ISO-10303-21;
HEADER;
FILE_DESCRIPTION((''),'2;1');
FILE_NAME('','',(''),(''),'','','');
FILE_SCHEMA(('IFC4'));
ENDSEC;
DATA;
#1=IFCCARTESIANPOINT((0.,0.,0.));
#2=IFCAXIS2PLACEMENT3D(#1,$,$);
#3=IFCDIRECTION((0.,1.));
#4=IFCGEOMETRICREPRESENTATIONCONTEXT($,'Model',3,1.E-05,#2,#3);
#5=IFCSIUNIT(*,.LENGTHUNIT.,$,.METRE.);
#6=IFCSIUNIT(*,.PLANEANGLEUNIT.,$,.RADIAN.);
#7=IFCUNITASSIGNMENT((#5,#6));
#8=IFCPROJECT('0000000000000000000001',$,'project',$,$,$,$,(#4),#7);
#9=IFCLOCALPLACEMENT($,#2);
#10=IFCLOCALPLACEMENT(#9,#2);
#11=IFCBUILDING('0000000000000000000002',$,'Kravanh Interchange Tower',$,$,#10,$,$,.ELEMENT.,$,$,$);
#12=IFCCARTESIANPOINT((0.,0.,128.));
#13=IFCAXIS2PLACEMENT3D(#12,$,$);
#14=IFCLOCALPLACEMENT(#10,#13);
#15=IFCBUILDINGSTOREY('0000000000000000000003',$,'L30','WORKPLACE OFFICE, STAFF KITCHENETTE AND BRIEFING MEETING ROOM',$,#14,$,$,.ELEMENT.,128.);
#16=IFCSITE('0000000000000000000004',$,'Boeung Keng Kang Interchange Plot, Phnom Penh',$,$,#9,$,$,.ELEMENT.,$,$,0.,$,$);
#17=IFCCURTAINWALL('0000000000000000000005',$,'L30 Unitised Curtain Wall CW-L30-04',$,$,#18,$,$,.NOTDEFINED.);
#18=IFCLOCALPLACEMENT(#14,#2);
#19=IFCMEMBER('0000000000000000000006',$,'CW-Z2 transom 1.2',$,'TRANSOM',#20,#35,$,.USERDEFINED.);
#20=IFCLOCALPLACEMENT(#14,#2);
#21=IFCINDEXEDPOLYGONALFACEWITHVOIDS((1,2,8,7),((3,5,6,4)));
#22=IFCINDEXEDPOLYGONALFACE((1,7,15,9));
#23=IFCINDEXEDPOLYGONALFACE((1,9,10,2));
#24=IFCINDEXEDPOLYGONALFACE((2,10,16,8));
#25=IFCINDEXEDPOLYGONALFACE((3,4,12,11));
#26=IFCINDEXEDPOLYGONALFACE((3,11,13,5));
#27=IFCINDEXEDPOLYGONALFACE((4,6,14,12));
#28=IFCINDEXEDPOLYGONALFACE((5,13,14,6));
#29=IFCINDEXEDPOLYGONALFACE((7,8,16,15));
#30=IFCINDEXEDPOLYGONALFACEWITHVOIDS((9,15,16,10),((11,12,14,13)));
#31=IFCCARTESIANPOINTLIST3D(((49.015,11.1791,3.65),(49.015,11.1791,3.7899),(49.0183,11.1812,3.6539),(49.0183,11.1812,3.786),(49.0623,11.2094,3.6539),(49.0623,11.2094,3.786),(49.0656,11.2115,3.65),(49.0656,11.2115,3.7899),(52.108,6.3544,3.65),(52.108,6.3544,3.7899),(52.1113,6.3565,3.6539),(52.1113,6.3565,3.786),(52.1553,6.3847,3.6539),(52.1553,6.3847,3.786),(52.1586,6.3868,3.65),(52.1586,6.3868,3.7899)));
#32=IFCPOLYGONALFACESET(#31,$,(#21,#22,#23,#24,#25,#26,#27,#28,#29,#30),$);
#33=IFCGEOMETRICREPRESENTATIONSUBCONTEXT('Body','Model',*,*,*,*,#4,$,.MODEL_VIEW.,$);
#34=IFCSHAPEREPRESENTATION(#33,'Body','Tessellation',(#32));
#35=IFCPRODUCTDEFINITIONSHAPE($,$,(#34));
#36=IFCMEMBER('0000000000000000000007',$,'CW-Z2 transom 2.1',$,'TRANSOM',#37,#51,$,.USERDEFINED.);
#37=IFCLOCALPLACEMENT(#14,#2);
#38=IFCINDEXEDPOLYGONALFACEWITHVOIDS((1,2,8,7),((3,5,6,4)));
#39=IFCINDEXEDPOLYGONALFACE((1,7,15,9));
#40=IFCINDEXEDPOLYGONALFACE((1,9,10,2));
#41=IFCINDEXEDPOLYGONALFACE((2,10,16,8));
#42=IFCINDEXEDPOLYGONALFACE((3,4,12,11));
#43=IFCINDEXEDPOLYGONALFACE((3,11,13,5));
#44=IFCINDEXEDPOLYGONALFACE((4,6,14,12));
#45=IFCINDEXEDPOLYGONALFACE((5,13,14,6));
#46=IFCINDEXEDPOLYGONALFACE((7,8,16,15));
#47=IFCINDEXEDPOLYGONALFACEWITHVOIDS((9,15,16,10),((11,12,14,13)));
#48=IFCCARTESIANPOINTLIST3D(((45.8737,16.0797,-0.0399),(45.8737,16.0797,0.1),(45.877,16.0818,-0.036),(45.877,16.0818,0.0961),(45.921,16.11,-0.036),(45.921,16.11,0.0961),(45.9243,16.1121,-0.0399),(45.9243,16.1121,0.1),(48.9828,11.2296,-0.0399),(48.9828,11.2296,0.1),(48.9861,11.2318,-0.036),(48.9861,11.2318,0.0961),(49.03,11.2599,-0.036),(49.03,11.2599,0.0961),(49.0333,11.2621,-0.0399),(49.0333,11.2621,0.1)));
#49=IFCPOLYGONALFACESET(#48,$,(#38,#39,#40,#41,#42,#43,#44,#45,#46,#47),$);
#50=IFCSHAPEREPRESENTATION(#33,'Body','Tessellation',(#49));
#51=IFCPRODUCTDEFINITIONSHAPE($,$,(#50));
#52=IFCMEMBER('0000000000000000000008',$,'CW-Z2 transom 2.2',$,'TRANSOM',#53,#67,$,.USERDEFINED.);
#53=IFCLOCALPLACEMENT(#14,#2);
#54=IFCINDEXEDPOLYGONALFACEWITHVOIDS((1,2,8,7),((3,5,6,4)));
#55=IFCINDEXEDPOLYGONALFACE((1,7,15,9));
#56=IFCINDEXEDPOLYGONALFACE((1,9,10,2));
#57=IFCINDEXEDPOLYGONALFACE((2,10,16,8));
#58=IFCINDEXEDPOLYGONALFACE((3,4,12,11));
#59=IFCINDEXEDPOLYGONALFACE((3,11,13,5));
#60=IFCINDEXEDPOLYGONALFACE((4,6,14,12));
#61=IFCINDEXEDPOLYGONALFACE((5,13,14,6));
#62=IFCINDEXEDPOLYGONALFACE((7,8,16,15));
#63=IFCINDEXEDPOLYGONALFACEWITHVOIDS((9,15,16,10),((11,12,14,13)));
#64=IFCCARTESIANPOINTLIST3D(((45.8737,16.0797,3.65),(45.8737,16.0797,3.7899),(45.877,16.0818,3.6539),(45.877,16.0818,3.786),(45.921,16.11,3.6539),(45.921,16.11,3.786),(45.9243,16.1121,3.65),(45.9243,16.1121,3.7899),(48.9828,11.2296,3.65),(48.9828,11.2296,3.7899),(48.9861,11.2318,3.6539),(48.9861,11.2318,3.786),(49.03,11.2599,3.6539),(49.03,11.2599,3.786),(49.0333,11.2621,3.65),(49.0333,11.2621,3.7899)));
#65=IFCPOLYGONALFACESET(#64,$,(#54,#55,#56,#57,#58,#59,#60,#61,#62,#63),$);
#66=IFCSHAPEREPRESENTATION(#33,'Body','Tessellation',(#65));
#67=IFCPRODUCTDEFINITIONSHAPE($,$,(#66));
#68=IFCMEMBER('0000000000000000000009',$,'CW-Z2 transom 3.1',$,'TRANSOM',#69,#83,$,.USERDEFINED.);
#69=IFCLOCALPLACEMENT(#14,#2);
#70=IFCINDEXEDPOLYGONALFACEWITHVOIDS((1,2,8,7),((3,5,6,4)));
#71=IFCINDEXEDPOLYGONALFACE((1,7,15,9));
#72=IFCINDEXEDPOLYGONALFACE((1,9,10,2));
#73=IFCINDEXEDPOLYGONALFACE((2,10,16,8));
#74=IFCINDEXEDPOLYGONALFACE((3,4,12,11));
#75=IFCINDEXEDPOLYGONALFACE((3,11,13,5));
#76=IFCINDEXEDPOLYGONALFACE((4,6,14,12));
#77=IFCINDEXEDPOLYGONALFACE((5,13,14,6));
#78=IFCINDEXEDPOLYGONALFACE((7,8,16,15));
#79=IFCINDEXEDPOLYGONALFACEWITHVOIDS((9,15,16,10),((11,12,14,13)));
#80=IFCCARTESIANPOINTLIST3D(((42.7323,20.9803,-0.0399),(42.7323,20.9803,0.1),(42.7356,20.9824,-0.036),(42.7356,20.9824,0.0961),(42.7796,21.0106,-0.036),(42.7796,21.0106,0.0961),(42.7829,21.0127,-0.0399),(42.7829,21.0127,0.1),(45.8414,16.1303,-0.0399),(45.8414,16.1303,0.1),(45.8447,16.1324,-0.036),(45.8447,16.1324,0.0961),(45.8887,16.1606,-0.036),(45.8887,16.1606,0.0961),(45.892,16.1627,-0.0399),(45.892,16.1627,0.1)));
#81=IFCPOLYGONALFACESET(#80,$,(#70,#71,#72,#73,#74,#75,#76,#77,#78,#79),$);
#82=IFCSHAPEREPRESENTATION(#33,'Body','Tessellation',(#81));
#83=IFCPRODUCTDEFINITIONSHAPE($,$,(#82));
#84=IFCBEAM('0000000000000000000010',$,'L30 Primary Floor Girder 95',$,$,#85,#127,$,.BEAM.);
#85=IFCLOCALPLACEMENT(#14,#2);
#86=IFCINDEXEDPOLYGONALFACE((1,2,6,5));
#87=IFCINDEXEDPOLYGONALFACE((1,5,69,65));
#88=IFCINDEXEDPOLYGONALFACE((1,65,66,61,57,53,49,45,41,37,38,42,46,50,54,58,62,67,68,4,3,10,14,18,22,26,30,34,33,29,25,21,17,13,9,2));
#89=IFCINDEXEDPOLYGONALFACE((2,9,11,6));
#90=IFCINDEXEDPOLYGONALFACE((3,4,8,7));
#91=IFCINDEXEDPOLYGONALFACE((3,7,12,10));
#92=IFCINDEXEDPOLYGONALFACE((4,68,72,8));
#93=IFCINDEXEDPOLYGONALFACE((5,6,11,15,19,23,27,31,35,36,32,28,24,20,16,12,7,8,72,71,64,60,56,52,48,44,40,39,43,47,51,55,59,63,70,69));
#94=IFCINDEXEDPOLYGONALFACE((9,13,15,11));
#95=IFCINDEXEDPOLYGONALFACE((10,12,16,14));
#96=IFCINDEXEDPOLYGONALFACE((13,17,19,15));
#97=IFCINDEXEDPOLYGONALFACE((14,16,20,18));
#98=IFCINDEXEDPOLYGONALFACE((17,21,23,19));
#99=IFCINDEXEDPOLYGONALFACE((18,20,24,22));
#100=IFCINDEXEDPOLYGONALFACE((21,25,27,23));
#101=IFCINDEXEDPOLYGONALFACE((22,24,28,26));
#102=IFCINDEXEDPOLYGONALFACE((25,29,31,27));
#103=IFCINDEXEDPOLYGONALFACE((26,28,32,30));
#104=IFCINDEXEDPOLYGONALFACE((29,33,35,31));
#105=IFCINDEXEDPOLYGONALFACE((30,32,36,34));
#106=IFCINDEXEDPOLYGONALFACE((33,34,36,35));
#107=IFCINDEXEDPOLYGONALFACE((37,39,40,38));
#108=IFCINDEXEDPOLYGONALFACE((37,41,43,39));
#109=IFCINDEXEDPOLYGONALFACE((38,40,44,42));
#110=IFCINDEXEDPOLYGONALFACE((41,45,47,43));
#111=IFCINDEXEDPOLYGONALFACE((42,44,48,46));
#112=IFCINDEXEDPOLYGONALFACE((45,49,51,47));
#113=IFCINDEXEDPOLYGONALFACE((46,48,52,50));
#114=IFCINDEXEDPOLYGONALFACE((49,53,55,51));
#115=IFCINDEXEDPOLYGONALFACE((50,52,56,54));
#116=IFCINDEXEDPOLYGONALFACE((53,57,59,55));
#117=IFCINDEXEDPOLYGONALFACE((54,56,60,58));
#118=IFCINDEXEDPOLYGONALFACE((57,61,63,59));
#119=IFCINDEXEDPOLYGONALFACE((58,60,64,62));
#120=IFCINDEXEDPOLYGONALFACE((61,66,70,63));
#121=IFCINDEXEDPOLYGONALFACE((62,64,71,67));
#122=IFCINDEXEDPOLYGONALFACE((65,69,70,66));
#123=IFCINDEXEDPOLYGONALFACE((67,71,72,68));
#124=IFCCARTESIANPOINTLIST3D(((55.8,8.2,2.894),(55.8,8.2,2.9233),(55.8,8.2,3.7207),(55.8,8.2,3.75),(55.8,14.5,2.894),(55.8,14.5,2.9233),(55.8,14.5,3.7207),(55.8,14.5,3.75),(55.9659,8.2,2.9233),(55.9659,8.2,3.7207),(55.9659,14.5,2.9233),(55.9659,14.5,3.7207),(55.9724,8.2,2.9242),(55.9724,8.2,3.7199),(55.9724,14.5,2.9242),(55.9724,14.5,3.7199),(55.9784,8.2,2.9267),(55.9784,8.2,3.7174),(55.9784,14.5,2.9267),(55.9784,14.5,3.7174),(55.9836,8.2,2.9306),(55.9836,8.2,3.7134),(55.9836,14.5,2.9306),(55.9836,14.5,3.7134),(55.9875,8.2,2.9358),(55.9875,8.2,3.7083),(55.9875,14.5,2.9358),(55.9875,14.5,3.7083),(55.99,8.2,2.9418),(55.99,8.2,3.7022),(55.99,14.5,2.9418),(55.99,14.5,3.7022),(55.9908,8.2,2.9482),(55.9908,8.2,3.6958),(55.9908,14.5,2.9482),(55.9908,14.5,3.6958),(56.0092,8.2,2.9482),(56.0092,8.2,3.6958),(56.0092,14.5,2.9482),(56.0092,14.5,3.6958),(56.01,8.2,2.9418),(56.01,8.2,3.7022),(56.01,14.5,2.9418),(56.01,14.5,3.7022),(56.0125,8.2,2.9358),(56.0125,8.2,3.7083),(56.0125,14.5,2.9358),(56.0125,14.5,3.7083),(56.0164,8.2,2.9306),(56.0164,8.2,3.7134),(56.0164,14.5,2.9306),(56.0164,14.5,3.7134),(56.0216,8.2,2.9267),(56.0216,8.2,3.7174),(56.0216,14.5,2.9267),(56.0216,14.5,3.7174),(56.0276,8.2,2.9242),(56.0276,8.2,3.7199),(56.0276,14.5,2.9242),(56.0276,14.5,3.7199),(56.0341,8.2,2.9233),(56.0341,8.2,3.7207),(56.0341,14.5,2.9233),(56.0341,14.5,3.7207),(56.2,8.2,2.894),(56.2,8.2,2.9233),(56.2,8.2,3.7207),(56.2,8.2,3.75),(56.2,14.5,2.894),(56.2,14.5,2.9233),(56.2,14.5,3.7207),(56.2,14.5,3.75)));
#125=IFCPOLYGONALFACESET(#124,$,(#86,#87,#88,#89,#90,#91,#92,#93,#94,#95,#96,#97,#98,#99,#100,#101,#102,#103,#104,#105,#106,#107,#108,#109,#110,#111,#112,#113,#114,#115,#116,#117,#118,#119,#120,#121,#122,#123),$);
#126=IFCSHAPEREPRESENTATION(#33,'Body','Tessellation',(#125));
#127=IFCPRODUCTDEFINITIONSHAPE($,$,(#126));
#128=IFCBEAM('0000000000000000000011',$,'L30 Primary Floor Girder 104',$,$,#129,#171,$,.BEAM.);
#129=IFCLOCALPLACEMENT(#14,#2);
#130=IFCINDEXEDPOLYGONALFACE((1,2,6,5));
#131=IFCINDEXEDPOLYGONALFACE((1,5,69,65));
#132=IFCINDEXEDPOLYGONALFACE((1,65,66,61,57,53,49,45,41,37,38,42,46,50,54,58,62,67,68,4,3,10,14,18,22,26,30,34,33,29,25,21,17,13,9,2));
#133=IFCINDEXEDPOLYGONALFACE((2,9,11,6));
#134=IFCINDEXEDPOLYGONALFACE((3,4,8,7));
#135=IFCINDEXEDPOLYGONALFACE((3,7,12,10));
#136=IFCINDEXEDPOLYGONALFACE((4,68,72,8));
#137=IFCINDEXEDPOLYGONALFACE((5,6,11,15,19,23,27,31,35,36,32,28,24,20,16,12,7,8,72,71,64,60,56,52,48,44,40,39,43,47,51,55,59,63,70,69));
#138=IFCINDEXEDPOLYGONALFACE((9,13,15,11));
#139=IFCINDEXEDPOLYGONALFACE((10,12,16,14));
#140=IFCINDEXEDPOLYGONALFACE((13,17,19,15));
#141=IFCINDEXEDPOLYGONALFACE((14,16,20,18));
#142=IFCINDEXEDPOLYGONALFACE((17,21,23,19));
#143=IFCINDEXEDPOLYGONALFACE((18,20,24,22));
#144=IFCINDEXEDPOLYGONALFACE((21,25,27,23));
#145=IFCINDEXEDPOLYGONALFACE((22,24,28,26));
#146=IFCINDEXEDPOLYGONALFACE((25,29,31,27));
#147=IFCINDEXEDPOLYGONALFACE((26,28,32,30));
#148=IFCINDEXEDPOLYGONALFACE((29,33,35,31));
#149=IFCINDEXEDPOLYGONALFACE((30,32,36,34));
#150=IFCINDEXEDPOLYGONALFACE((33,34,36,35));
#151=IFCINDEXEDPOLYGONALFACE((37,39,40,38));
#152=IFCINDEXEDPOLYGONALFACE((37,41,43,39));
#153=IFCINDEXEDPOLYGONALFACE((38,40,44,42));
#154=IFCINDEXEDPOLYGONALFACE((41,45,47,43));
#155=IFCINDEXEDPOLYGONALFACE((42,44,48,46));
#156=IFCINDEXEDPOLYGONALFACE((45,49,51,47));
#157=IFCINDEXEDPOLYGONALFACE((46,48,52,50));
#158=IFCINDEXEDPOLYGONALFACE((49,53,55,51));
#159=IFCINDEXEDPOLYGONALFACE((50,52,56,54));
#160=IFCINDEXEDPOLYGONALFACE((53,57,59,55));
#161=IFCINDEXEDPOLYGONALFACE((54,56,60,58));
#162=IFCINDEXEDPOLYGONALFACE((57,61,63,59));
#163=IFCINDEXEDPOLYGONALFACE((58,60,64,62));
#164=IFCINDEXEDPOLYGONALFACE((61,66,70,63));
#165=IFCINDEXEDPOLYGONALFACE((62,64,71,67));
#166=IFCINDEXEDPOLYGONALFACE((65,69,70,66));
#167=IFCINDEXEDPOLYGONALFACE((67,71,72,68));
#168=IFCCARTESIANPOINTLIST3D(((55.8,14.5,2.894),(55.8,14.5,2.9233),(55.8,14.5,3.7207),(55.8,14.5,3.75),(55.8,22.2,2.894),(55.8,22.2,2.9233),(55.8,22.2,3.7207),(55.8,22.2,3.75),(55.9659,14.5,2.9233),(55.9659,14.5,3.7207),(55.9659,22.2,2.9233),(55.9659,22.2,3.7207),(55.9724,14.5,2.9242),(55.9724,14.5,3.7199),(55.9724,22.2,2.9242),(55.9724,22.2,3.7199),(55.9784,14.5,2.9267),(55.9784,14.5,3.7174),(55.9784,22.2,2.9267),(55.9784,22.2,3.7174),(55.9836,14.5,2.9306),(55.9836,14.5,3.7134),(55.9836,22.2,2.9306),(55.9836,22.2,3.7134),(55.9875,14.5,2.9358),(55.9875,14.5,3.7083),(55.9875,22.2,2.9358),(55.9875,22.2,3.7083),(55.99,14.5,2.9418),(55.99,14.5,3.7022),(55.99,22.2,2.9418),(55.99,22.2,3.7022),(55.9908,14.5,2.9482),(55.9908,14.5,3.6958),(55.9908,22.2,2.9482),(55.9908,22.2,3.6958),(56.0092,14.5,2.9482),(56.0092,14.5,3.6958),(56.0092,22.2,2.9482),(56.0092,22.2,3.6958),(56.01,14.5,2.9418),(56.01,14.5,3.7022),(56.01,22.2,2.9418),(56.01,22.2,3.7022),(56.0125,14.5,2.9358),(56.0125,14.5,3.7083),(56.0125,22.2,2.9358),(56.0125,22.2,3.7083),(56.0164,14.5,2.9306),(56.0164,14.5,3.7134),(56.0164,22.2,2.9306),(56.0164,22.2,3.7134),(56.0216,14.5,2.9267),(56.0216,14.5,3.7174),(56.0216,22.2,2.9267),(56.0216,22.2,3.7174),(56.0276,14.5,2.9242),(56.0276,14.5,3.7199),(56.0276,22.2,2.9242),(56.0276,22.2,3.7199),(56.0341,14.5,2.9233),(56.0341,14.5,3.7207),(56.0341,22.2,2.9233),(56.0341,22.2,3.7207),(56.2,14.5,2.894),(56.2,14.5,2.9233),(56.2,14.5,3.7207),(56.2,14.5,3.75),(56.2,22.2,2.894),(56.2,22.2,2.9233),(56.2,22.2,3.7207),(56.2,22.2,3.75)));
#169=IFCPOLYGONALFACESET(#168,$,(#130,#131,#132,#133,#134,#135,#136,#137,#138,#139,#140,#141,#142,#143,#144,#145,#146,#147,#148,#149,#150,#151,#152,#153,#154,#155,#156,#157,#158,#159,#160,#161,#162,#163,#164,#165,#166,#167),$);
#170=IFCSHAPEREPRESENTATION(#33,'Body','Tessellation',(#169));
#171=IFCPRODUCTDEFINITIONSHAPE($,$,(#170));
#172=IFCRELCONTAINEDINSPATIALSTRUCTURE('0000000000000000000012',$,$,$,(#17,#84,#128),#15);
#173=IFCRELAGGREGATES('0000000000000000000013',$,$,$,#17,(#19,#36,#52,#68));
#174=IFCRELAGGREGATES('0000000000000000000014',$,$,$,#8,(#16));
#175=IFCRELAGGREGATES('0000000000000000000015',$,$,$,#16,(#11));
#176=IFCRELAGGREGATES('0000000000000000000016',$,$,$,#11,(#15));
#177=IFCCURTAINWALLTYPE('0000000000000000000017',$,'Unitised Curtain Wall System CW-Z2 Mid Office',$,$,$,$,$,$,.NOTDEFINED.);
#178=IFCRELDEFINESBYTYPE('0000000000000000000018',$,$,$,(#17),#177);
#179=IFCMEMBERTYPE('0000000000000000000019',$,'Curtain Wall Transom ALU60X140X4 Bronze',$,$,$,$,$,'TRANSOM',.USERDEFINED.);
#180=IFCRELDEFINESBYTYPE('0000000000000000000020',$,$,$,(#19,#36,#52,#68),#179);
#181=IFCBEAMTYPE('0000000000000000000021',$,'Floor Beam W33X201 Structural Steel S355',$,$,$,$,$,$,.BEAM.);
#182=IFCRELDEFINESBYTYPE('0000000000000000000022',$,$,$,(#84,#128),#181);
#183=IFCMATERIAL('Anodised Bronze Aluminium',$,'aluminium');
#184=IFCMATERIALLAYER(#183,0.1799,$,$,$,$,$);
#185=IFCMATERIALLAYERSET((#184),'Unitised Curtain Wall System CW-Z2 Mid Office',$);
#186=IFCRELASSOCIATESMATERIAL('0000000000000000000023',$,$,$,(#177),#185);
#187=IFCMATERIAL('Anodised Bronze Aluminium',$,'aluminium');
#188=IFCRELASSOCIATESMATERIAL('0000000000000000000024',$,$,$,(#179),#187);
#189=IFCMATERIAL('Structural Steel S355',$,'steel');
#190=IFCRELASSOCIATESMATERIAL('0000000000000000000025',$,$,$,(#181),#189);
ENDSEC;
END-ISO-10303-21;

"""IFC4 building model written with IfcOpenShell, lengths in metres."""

from ifc_helpers import new_model, si_unit, direction, frame, origin, origin_2d, place, context, subcontext, project, spatial, hollow_rectangle, i_section, extrude, material, layer, layer_set, material_profile, profile_set, type_object, element, aggregate, save


model = new_model("IFC4")

# Units and contexts
model_context = context("Model", 3, precision=1e-05, world=origin(), true_north=direction((0.0, 1.0)))
body_context = subcontext(model_context, "Body", "Model", "MODEL_VIEW")
ifc_project = project(units=[si_unit("LENGTHUNIT", "METRE"), si_unit("PLANEANGLEUNIT", "RADIAN")], contexts=[model_context])

# Site, building, storey
site_placement = place(None, origin())
site = spatial("IfcSite", under=ifc_project, at=site_placement, Name="Boeung Keng Kang Interchange Plot, Phnom Penh", CompositionType="ELEMENT", RefElevation=0.0)
building_placement = place(site_placement, origin())
building = spatial("IfcBuilding", under=site, at=building_placement, Name="Kravanh Interchange Tower", CompositionType="ELEMENT")
storey_placement = place(building_placement, frame((0.0, 0.0, 128.0)))
storey = spatial("IfcBuildingStorey", under=building, at=storey_placement, Name="L30", Description="WORKPLACE OFFICE, STAFF KITCHENETTE AND BRIEFING MEETING ROOM", CompositionType="ELEMENT", Elevation=128.0)

# Shared definitions
ifc_material_1 = material(Name="Anodised Bronze Aluminium", Category="aluminium")
ifc_layer_1 = layer(ifc_material_1, 0.1799)
ifc_layer_set_1 = layer_set([ifc_layer_1], Name="Unitised Curtain Wall System CW-Z2 Mid Office")
curtain_wall_type = type_object("IfcCurtainWallType", Name="Unitised Curtain Wall System CW-Z2 Mid Office", PredefinedType="NOTDEFINED", material=ifc_layer_set_1)

# Curtain wall, members
curtain_wall_1_placement = place(storey_placement, origin())
curtain_wall_1 = element("IfcCurtainWall", 1, at=curtain_wall_1_placement, inside=storey, type_object=curtain_wall_type, Name="L30 Unitised Curtain Wall CW-L30-04", PredefinedType="NOTDEFINED")
ifc_material_2 = material(Name="Anodised Bronze Aluminium", Category="aluminium")
ifc_material_profile_1 = material_profile(ifc_material_2, hollow_rectangle(XDim=0.0601, YDim=0.1399, WallThickness=0.0039, at=origin_2d()), Name="ALU60X140X4")
ifc_profile_set_1 = profile_set([ifc_material_profile_1], Name="Anodised Bronze Aluminium")
member_type_1 = type_object("IfcMemberType", Name="Curtain Wall Transom ALU60X140X4 Bronze", ElementType="TRANSOM", PredefinedType="USERDEFINED", material=ifc_profile_set_1)
member_1_placement = place(storey_placement, frame((52.1333, 6.3706, 3.72), z_axis=(-0.539698, 0.841859, 0.0), x_axis=(-0.841859, -0.539698, 0.0)))
member_1 = element("IfcMember", 2, at=member_1_placement, type_object=member_type_1, Name="CW-Z2 transom 1.2", ObjectType="TRANSOM", PredefinedType="USERDEFINED", context=body_context, shape_type="SweptSolid", body=[
    extrude(hollow_rectangle(XDim=0.0601, YDim=0.1399, WallThickness=0.0039, at=origin_2d()), origin(), (0.0, 0.0, 1.0), 5.731),
])
member_2_placement = place(storey_placement, frame((49.0081, 11.2458, 0.03), z_axis=(-0.539678, 0.841872, 0.0), x_axis=(-0.841872, -0.539678, 0.0)))
member_2 = element("IfcMember", 3, at=member_2_placement, type_object=member_type_1, Name="CW-Z2 transom 2.1", ObjectType="TRANSOM", PredefinedType="USERDEFINED", context=body_context, shape_type="SweptSolid", body=[
    extrude(hollow_rectangle(XDim=0.0601, YDim=0.1399, WallThickness=0.0039, at=origin_2d()), origin(), (0.0, 0.0, 1.0), 5.761),
])
member_3_placement = place(storey_placement, frame((49.0081, 11.2458, 3.72), z_axis=(-0.539678, 0.841872, 0.0), x_axis=(-0.841872, -0.539678, 0.0)))
member_3 = element("IfcMember", 4, at=member_3_placement, type_object=member_type_1, Name="CW-Z2 transom 2.2", ObjectType="TRANSOM", PredefinedType="USERDEFINED", context=body_context, shape_type="SweptSolid", body=[
    extrude(hollow_rectangle(XDim=0.0601, YDim=0.1399, WallThickness=0.0039, at=origin_2d()), origin(), (0.0, 0.0, 1.0), 5.761),
])
member_4_placement = place(storey_placement, frame((45.8667, 16.1465, 0.03), z_axis=(-0.539678, 0.841872, 0.0), x_axis=(-0.841872, -0.539678, 0.0)))
member_4 = element("IfcMember", 5, at=member_4_placement, type_object=member_type_1, Name="CW-Z2 transom 3.1", ObjectType="TRANSOM", PredefinedType="USERDEFINED", context=body_context, shape_type="SweptSolid", body=[
    extrude(hollow_rectangle(XDim=0.0601, YDim=0.1399, WallThickness=0.0039, at=origin_2d()), origin(), (0.0, 0.0, 1.0), 5.761),
])

# Beams
ifc_material_3 = material(Name="Structural Steel S355", Category="steel")
ifc_material_profile_2 = material_profile(ifc_material_3, i_section(OverallWidth=0.3999, OverallDepth=0.856, WebThickness=0.0183, FlangeThickness=0.0293, FilletRadius=0.0249, at=origin_2d()), Name="W33X201")
ifc_profile_set_2 = profile_set([ifc_material_profile_2], Name="Structural Steel S355")
beam_type_1 = type_object("IfcBeamType", Name="Floor Beam W33X201 Structural Steel S355", PredefinedType="BEAM", material=ifc_profile_set_2)
beam_1_placement = place(storey_placement, frame((56.0, 8.2, 3.322), z_axis=(0.0, 1.0, 0.0), x_axis=(-1.0, 0.0, 0.0)))
element("IfcBeam", 6, at=beam_1_placement, inside=storey, type_object=beam_type_1, Name="L30 Primary Floor Girder 95", PredefinedType="BEAM", context=body_context, shape_type="SweptSolid", body=[
    extrude(i_section(OverallWidth=0.3999, OverallDepth=0.856, WebThickness=0.0183, FlangeThickness=0.0293, FilletRadius=0.0249, at=origin_2d()), origin(), (0.0, 0.0, 1.0), 6.3),
])
beam_2_placement = place(storey_placement, frame((56.0, 14.5, 3.322), z_axis=(0.0, 1.0, 0.0), x_axis=(-1.0, 0.0, 0.0)))
element("IfcBeam", 7, at=beam_2_placement, inside=storey, type_object=beam_type_1, Name="L30 Primary Floor Girder 104", PredefinedType="BEAM", context=body_context, shape_type="SweptSolid", body=[
    extrude(i_section(OverallWidth=0.3999, OverallDepth=0.856, WebThickness=0.0183, FlangeThickness=0.0293, FilletRadius=0.0249, at=origin_2d()), origin(), (0.0, 0.0, 1.0), 7.7),
])

aggregate(curtain_wall_1, [member_1, member_2, member_3, member_4])

save(model, "model.ifc")
